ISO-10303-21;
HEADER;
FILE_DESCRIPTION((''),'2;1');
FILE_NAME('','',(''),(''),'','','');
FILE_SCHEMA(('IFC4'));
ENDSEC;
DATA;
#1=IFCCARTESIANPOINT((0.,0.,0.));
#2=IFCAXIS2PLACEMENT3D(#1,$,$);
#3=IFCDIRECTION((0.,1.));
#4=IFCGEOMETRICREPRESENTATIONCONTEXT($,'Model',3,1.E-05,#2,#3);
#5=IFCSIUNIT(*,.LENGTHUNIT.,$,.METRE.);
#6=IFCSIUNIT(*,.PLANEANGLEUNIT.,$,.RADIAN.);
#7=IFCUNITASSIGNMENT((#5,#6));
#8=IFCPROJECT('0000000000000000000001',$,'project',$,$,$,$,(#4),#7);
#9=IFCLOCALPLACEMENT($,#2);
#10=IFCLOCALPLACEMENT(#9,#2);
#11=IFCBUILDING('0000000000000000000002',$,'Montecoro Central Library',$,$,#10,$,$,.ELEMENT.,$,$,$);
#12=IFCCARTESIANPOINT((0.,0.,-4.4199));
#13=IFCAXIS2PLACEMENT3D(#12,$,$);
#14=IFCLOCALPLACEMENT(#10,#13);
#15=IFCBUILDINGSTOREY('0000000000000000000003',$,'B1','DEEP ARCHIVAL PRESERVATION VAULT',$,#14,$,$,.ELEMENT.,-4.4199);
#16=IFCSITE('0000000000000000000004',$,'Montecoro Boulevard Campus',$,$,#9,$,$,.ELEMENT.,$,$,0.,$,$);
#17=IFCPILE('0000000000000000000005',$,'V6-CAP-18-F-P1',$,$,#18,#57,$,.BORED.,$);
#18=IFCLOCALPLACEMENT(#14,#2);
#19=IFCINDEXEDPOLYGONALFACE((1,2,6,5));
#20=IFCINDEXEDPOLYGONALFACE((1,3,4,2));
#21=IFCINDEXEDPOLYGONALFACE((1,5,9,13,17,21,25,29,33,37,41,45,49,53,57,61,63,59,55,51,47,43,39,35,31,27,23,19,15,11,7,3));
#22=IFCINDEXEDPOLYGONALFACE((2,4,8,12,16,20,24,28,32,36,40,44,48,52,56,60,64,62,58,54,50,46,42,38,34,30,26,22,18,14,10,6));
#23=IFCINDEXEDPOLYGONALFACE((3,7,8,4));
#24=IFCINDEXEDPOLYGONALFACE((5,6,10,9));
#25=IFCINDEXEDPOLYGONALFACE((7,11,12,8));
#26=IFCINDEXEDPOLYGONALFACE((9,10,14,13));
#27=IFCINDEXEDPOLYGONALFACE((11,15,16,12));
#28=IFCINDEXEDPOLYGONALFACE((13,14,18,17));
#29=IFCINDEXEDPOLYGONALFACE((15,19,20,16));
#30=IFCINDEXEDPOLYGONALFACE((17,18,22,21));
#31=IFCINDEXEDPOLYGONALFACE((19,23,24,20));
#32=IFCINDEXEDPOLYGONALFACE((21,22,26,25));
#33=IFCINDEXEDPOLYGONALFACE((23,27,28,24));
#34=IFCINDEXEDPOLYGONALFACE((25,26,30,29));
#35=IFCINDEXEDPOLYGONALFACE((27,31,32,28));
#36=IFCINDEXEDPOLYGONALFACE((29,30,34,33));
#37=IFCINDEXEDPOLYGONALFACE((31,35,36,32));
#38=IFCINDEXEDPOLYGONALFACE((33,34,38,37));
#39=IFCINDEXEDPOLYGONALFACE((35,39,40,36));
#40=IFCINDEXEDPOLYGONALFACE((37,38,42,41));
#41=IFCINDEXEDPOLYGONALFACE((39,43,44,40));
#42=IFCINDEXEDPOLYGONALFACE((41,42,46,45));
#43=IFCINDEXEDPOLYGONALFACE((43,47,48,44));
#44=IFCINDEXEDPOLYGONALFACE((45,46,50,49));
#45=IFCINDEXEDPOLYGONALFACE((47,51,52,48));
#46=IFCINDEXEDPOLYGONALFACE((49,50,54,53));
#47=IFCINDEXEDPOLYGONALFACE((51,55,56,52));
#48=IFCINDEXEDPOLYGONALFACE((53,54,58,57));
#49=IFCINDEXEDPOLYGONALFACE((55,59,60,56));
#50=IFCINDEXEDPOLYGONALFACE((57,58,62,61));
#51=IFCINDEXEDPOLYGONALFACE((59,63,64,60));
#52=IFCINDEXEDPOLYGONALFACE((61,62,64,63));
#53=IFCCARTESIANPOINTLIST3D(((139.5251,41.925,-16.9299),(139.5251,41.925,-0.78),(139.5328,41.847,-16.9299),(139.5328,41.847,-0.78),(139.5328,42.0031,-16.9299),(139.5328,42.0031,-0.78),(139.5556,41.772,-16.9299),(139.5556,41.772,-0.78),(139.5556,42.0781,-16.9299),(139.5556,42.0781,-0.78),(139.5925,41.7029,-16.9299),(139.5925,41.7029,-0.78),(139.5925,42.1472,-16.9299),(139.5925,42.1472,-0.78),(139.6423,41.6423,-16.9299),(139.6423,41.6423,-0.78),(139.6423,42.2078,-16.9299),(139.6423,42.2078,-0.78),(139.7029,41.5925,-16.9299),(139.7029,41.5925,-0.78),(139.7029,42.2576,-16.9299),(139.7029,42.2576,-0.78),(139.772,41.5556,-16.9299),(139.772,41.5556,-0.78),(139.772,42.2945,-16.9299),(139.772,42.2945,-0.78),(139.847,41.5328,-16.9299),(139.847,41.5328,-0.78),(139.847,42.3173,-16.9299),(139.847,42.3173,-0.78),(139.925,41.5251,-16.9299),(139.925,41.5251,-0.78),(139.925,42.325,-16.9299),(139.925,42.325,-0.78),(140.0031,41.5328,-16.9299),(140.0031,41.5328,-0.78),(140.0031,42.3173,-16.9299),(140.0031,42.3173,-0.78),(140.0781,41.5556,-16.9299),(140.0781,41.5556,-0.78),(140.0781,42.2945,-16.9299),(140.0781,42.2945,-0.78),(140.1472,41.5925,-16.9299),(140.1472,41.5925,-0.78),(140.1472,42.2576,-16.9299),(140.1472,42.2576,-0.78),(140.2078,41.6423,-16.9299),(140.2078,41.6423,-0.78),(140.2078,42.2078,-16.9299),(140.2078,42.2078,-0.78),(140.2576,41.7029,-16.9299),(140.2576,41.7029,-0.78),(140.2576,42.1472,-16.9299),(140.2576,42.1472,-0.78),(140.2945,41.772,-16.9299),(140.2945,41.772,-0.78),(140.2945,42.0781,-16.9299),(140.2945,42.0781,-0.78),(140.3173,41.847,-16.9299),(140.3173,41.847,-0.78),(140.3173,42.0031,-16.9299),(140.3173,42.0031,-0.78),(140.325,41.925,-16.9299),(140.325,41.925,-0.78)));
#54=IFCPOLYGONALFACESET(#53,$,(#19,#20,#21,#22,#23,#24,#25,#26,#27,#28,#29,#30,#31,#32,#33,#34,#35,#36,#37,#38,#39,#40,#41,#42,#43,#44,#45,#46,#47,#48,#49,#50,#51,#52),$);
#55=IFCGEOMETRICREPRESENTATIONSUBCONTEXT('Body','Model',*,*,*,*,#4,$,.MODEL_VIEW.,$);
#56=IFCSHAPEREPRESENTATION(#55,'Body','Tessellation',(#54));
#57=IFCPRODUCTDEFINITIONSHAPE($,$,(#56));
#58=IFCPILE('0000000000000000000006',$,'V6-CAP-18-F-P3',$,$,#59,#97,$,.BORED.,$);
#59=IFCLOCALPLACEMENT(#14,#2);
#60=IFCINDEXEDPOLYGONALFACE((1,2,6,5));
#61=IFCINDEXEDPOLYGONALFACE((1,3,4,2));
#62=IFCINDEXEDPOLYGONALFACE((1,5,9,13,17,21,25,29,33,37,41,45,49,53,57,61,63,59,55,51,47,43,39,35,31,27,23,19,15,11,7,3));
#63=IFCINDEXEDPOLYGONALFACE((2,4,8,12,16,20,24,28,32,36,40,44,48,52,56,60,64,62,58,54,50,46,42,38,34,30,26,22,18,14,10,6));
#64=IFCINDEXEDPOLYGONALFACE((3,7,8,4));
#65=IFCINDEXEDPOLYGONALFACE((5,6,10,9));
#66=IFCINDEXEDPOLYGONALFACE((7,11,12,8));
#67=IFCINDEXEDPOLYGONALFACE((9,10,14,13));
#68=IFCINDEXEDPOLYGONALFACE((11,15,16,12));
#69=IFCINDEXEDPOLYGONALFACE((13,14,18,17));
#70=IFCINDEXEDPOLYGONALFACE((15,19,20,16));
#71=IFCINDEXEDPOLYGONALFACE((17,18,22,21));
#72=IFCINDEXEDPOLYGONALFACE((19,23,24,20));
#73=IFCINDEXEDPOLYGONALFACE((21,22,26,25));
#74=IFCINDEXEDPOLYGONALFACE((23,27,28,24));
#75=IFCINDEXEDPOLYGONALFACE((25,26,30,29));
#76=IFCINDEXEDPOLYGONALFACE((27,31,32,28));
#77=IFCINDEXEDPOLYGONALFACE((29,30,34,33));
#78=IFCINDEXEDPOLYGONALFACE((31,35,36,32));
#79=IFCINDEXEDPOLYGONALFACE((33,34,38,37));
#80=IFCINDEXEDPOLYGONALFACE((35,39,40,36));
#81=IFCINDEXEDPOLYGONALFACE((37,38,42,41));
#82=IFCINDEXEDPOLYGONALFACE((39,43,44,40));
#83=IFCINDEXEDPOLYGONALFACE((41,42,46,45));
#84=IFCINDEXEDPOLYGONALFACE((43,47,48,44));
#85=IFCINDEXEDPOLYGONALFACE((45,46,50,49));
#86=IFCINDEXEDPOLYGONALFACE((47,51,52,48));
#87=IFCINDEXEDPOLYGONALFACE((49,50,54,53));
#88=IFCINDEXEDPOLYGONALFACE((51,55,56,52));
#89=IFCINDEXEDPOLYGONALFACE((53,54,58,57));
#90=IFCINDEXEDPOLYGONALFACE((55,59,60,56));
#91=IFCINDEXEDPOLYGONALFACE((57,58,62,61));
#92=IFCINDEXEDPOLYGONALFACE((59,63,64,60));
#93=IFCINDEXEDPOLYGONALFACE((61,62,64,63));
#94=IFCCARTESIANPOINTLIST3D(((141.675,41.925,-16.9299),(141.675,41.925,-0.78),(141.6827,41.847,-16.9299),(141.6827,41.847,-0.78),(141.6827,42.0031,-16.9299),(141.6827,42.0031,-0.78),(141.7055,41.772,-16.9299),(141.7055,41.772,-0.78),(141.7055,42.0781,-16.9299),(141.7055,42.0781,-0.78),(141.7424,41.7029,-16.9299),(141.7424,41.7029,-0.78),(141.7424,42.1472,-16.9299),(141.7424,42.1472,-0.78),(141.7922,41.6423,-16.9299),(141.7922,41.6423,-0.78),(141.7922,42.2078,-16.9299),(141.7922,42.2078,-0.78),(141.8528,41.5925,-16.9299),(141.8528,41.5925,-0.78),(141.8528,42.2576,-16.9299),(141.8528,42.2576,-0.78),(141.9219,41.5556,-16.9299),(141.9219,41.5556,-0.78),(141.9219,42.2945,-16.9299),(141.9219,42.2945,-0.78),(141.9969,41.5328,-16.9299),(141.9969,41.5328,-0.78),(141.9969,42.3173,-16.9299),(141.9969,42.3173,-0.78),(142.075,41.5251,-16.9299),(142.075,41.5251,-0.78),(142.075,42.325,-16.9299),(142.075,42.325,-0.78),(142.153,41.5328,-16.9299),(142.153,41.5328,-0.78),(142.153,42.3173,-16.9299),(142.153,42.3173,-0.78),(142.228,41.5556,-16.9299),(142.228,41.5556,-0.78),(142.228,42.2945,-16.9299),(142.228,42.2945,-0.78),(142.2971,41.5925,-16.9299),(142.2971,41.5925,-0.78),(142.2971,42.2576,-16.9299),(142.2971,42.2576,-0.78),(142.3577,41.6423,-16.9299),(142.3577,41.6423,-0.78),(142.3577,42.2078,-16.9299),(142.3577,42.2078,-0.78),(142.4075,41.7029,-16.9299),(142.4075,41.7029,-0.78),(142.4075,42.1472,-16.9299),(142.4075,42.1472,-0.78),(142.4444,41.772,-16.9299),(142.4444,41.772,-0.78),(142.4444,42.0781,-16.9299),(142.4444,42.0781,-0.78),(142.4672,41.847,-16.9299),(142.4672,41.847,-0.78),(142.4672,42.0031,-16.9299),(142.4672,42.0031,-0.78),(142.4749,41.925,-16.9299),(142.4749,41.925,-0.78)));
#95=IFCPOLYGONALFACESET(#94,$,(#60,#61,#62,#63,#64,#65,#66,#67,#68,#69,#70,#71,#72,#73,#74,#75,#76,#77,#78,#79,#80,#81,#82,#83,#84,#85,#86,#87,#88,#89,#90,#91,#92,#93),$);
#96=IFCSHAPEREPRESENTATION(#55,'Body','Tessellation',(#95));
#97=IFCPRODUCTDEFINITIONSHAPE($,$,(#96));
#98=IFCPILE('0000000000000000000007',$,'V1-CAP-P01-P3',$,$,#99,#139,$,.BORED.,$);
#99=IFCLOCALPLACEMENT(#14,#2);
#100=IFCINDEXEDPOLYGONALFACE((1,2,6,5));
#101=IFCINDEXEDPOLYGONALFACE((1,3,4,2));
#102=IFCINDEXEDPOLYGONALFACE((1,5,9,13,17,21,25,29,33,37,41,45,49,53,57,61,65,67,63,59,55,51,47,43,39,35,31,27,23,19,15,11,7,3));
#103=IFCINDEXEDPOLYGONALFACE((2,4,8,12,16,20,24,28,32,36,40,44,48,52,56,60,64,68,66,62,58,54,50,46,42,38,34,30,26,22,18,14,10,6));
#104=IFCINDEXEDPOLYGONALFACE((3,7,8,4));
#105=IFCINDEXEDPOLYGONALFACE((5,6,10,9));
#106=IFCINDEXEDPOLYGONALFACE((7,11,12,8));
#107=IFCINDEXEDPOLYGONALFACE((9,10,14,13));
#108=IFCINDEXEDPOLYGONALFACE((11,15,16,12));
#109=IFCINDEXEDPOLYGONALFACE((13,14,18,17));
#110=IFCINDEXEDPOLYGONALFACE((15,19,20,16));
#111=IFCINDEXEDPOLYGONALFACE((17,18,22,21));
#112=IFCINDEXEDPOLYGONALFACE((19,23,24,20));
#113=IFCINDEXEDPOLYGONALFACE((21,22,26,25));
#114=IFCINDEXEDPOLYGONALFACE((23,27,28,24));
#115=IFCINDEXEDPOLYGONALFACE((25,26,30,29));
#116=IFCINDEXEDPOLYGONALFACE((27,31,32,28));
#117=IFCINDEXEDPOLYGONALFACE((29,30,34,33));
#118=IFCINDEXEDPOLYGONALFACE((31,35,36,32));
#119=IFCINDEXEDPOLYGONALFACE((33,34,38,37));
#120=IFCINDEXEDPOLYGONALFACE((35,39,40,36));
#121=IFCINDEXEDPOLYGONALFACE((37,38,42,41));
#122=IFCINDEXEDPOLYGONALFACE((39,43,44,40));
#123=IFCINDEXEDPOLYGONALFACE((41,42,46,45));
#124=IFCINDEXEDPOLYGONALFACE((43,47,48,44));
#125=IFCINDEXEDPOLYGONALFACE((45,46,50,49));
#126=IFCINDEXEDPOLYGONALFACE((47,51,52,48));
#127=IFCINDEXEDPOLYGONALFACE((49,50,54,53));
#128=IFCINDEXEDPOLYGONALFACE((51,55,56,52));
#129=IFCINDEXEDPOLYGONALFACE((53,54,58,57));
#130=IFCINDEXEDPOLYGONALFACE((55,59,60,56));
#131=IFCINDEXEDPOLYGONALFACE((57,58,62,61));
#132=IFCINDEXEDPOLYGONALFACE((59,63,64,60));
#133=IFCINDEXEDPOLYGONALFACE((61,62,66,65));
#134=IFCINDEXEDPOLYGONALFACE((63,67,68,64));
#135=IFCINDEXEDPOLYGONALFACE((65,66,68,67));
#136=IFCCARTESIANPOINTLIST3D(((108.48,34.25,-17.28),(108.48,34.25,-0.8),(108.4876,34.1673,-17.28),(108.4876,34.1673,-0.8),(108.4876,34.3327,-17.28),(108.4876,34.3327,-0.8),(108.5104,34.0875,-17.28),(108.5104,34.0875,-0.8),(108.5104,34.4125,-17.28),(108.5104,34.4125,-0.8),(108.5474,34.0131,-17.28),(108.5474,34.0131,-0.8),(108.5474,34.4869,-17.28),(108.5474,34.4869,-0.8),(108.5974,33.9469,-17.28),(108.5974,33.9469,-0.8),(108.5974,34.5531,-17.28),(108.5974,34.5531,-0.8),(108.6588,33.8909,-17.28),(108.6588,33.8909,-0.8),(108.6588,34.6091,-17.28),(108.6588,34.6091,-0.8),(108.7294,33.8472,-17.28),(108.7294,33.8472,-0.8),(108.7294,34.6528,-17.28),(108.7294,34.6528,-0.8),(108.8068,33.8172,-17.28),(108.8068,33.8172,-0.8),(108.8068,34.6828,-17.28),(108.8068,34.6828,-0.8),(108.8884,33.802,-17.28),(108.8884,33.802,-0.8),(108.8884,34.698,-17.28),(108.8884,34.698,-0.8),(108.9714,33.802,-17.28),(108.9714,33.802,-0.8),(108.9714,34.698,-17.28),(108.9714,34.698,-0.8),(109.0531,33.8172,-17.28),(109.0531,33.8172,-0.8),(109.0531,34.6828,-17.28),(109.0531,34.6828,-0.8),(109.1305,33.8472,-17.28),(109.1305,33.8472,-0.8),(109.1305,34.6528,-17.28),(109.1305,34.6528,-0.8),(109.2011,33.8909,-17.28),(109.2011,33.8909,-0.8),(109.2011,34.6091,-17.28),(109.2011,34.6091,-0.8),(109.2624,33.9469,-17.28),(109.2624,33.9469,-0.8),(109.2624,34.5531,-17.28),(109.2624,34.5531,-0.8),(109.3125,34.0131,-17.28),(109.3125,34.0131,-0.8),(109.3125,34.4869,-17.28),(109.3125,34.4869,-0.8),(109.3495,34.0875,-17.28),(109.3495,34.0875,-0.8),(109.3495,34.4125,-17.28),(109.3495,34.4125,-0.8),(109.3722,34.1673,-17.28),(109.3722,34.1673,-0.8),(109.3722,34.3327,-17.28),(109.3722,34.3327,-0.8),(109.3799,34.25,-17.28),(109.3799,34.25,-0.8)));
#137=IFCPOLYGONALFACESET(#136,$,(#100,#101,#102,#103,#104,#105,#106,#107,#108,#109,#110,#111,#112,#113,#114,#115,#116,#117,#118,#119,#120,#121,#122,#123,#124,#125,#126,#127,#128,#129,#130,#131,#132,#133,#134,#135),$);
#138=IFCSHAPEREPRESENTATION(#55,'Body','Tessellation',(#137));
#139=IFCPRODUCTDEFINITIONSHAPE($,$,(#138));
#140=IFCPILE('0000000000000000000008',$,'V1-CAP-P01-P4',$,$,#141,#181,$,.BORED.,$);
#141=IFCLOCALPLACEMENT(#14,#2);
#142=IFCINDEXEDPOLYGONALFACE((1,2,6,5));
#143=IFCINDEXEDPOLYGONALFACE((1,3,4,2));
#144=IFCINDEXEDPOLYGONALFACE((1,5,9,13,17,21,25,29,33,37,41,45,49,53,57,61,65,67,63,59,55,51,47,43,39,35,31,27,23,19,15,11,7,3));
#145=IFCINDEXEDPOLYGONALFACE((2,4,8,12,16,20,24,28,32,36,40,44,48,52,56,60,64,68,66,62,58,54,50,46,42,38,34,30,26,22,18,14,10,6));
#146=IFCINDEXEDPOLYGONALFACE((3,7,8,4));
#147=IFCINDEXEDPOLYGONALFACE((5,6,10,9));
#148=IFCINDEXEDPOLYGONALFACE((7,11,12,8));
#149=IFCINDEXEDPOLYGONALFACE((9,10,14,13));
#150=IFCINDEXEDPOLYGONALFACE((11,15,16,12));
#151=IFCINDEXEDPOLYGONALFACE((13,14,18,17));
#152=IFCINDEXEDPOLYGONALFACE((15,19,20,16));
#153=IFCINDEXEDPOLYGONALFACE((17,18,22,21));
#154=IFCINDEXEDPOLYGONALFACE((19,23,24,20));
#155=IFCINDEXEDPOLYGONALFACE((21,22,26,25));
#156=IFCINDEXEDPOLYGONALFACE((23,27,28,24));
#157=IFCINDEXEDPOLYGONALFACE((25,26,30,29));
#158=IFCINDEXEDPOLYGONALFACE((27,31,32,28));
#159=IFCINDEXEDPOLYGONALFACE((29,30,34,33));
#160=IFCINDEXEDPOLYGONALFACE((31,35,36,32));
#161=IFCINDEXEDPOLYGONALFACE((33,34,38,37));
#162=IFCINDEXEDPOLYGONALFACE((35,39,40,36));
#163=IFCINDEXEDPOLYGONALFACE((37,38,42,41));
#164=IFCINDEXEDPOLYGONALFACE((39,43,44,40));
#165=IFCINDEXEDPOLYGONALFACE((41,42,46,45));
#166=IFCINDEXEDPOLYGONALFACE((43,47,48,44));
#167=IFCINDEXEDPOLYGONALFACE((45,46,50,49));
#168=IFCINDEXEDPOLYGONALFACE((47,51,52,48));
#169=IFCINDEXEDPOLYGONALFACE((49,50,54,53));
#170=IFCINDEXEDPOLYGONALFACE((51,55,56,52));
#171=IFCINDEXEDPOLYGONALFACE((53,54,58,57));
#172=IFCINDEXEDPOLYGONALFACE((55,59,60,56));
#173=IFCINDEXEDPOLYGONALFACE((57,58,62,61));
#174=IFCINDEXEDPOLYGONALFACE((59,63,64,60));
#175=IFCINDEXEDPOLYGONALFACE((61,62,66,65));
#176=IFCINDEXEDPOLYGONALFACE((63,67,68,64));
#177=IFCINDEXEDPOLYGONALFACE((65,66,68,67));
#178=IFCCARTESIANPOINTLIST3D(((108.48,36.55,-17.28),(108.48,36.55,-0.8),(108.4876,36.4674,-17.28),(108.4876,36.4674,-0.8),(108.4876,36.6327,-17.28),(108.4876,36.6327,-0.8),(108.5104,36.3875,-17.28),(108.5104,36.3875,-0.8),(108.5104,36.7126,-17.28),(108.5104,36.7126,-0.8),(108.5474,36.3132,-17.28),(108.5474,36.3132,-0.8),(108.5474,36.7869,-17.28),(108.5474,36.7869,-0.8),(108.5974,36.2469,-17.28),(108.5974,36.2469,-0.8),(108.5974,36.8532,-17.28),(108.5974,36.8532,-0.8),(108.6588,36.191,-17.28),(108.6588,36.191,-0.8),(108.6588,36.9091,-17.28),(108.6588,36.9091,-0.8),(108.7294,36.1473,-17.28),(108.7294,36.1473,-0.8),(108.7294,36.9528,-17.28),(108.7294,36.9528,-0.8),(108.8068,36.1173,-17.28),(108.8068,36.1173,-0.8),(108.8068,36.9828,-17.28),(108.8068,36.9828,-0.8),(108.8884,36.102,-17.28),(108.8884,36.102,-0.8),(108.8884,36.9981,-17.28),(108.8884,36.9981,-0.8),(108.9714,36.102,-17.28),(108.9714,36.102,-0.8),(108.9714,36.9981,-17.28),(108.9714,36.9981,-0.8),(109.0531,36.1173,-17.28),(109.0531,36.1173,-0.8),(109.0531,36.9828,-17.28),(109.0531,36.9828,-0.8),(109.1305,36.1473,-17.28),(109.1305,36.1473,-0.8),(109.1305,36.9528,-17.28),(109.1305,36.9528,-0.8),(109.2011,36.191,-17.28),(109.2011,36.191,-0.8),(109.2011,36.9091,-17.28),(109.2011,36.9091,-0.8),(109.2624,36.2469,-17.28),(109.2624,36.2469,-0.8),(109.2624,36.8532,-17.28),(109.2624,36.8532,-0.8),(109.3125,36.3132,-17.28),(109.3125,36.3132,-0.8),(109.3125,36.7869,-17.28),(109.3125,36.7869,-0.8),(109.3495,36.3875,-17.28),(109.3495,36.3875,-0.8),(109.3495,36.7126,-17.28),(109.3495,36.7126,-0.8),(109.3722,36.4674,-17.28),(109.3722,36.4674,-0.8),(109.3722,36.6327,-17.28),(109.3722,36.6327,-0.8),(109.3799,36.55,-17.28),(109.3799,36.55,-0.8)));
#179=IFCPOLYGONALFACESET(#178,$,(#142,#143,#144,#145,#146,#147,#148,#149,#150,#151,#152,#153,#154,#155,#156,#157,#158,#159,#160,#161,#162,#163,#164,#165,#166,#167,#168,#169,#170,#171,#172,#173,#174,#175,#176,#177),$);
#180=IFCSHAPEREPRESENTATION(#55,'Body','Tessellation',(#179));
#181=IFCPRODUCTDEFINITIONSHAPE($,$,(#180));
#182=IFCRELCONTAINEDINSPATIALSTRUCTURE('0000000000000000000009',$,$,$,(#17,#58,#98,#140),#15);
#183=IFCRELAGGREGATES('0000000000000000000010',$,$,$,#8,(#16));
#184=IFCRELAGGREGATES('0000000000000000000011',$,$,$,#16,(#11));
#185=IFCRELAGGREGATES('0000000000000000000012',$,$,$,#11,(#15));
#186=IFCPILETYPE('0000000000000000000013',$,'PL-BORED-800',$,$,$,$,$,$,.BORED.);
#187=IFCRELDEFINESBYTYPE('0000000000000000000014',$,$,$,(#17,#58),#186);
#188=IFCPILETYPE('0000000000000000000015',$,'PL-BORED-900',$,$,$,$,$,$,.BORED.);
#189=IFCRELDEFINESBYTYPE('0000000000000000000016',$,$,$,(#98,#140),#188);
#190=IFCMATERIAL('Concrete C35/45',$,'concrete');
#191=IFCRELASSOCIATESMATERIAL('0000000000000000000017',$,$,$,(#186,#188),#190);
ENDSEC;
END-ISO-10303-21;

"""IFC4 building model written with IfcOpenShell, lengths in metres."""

from ifc_helpers import new_model, si_unit, direction, frame, origin, origin_2d, place, context, subcontext, project, spatial, circle, extrude, material, material_profile, profile_set, type_object, element, save


model = new_model("IFC4")

# Units and contexts
model_context = context("Model", 3, precision=1e-05, world=origin(), true_north=direction((0.0, 1.0)))
body_context = subcontext(model_context, "Body", "Model", "MODEL_VIEW")
ifc_project = project(units=[si_unit("LENGTHUNIT", "METRE"), si_unit("PLANEANGLEUNIT", "RADIAN")], contexts=[model_context])

# Site, building, storey
site_placement = place(None, origin())
site = spatial("IfcSite", under=ifc_project, at=site_placement, Name="Montecoro Boulevard Campus", CompositionType="ELEMENT", RefElevation=0.0)
building_placement = place(site_placement, origin())
building = spatial("IfcBuilding", under=site, at=building_placement, Name="Montecoro Central Library", CompositionType="ELEMENT")
storey_placement = place(building_placement, frame((0.0, 0.0, -4.4199)))
storey = spatial("IfcBuildingStorey", under=building, at=storey_placement, Name="B1", Description="DEEP ARCHIVAL PRESERVATION VAULT", CompositionType="ELEMENT", Elevation=-4.4199)

# Shared definitions
ifc_material_1 = material(Name="Concrete C35/45", Category="concrete")

# Piles
ifc_material_profile_1 = material_profile(ifc_material_1, circle(Radius=0.3999, at=origin_2d()), Name="PILE D800")
ifc_profile_set_1 = profile_set([ifc_material_profile_1], Name="Concrete C35/45")
pile_type_1 = type_object("IfcPileType", Name="PL-BORED-800", PredefinedType="BORED", material=ifc_profile_set_1)
for number, where, z_axis, x_axis, name in (
    (1, (139.925, 41.925, -0.78), (0.0, 0.0, -1.0), (1.0, 0.0, 0.0), "V6-CAP-18-F-P1"),
    (2, (142.075, 41.925, -0.78), (0.0, 0.0, -1.0), (1.0, 0.0, 0.0), "V6-CAP-18-F-P3"),
):
    element("IfcPile", number, at=place(storey_placement, frame(where, z_axis=z_axis, x_axis=x_axis)), inside=storey, type_object=pile_type_1, Name=name, PredefinedType="BORED", context=body_context, shape_type="SweptSolid", body=[
        extrude(circle(Radius=0.3999, at=origin_2d()), origin(), (0.0, 0.0, 1.0), 16.1499),
    ])
ifc_material_profile_2 = material_profile(ifc_material_1, circle(Radius=0.45, at=origin_2d()), Name="PILE D900")
ifc_profile_set_2 = profile_set([ifc_material_profile_2], Name="Concrete C35/45")
pile_type_2 = type_object("IfcPileType", Name="PL-BORED-900", PredefinedType="BORED", material=ifc_profile_set_2)
for number, where, z_axis, x_axis, name in (
    (3, (108.9299, 34.25, -0.8), (0.0, 0.0, -1.0), (1.0, 0.0, 0.0), "V1-CAP-P01-P3"),
    (4, (108.9299, 36.55, -0.8), (0.0, 0.0, -1.0), (1.0, 0.0, 0.0), "V1-CAP-P01-P4"),
):
    element("IfcPile", number, at=place(storey_placement, frame(where, z_axis=z_axis, x_axis=x_axis)), inside=storey, type_object=pile_type_2, Name=name, PredefinedType="BORED", context=body_context, shape_type="SweptSolid", body=[
        extrude(circle(Radius=0.45, at=origin_2d()), origin(), (0.0, 0.0, 1.0), 16.48),
    ])

save(model, "model.ifc")
